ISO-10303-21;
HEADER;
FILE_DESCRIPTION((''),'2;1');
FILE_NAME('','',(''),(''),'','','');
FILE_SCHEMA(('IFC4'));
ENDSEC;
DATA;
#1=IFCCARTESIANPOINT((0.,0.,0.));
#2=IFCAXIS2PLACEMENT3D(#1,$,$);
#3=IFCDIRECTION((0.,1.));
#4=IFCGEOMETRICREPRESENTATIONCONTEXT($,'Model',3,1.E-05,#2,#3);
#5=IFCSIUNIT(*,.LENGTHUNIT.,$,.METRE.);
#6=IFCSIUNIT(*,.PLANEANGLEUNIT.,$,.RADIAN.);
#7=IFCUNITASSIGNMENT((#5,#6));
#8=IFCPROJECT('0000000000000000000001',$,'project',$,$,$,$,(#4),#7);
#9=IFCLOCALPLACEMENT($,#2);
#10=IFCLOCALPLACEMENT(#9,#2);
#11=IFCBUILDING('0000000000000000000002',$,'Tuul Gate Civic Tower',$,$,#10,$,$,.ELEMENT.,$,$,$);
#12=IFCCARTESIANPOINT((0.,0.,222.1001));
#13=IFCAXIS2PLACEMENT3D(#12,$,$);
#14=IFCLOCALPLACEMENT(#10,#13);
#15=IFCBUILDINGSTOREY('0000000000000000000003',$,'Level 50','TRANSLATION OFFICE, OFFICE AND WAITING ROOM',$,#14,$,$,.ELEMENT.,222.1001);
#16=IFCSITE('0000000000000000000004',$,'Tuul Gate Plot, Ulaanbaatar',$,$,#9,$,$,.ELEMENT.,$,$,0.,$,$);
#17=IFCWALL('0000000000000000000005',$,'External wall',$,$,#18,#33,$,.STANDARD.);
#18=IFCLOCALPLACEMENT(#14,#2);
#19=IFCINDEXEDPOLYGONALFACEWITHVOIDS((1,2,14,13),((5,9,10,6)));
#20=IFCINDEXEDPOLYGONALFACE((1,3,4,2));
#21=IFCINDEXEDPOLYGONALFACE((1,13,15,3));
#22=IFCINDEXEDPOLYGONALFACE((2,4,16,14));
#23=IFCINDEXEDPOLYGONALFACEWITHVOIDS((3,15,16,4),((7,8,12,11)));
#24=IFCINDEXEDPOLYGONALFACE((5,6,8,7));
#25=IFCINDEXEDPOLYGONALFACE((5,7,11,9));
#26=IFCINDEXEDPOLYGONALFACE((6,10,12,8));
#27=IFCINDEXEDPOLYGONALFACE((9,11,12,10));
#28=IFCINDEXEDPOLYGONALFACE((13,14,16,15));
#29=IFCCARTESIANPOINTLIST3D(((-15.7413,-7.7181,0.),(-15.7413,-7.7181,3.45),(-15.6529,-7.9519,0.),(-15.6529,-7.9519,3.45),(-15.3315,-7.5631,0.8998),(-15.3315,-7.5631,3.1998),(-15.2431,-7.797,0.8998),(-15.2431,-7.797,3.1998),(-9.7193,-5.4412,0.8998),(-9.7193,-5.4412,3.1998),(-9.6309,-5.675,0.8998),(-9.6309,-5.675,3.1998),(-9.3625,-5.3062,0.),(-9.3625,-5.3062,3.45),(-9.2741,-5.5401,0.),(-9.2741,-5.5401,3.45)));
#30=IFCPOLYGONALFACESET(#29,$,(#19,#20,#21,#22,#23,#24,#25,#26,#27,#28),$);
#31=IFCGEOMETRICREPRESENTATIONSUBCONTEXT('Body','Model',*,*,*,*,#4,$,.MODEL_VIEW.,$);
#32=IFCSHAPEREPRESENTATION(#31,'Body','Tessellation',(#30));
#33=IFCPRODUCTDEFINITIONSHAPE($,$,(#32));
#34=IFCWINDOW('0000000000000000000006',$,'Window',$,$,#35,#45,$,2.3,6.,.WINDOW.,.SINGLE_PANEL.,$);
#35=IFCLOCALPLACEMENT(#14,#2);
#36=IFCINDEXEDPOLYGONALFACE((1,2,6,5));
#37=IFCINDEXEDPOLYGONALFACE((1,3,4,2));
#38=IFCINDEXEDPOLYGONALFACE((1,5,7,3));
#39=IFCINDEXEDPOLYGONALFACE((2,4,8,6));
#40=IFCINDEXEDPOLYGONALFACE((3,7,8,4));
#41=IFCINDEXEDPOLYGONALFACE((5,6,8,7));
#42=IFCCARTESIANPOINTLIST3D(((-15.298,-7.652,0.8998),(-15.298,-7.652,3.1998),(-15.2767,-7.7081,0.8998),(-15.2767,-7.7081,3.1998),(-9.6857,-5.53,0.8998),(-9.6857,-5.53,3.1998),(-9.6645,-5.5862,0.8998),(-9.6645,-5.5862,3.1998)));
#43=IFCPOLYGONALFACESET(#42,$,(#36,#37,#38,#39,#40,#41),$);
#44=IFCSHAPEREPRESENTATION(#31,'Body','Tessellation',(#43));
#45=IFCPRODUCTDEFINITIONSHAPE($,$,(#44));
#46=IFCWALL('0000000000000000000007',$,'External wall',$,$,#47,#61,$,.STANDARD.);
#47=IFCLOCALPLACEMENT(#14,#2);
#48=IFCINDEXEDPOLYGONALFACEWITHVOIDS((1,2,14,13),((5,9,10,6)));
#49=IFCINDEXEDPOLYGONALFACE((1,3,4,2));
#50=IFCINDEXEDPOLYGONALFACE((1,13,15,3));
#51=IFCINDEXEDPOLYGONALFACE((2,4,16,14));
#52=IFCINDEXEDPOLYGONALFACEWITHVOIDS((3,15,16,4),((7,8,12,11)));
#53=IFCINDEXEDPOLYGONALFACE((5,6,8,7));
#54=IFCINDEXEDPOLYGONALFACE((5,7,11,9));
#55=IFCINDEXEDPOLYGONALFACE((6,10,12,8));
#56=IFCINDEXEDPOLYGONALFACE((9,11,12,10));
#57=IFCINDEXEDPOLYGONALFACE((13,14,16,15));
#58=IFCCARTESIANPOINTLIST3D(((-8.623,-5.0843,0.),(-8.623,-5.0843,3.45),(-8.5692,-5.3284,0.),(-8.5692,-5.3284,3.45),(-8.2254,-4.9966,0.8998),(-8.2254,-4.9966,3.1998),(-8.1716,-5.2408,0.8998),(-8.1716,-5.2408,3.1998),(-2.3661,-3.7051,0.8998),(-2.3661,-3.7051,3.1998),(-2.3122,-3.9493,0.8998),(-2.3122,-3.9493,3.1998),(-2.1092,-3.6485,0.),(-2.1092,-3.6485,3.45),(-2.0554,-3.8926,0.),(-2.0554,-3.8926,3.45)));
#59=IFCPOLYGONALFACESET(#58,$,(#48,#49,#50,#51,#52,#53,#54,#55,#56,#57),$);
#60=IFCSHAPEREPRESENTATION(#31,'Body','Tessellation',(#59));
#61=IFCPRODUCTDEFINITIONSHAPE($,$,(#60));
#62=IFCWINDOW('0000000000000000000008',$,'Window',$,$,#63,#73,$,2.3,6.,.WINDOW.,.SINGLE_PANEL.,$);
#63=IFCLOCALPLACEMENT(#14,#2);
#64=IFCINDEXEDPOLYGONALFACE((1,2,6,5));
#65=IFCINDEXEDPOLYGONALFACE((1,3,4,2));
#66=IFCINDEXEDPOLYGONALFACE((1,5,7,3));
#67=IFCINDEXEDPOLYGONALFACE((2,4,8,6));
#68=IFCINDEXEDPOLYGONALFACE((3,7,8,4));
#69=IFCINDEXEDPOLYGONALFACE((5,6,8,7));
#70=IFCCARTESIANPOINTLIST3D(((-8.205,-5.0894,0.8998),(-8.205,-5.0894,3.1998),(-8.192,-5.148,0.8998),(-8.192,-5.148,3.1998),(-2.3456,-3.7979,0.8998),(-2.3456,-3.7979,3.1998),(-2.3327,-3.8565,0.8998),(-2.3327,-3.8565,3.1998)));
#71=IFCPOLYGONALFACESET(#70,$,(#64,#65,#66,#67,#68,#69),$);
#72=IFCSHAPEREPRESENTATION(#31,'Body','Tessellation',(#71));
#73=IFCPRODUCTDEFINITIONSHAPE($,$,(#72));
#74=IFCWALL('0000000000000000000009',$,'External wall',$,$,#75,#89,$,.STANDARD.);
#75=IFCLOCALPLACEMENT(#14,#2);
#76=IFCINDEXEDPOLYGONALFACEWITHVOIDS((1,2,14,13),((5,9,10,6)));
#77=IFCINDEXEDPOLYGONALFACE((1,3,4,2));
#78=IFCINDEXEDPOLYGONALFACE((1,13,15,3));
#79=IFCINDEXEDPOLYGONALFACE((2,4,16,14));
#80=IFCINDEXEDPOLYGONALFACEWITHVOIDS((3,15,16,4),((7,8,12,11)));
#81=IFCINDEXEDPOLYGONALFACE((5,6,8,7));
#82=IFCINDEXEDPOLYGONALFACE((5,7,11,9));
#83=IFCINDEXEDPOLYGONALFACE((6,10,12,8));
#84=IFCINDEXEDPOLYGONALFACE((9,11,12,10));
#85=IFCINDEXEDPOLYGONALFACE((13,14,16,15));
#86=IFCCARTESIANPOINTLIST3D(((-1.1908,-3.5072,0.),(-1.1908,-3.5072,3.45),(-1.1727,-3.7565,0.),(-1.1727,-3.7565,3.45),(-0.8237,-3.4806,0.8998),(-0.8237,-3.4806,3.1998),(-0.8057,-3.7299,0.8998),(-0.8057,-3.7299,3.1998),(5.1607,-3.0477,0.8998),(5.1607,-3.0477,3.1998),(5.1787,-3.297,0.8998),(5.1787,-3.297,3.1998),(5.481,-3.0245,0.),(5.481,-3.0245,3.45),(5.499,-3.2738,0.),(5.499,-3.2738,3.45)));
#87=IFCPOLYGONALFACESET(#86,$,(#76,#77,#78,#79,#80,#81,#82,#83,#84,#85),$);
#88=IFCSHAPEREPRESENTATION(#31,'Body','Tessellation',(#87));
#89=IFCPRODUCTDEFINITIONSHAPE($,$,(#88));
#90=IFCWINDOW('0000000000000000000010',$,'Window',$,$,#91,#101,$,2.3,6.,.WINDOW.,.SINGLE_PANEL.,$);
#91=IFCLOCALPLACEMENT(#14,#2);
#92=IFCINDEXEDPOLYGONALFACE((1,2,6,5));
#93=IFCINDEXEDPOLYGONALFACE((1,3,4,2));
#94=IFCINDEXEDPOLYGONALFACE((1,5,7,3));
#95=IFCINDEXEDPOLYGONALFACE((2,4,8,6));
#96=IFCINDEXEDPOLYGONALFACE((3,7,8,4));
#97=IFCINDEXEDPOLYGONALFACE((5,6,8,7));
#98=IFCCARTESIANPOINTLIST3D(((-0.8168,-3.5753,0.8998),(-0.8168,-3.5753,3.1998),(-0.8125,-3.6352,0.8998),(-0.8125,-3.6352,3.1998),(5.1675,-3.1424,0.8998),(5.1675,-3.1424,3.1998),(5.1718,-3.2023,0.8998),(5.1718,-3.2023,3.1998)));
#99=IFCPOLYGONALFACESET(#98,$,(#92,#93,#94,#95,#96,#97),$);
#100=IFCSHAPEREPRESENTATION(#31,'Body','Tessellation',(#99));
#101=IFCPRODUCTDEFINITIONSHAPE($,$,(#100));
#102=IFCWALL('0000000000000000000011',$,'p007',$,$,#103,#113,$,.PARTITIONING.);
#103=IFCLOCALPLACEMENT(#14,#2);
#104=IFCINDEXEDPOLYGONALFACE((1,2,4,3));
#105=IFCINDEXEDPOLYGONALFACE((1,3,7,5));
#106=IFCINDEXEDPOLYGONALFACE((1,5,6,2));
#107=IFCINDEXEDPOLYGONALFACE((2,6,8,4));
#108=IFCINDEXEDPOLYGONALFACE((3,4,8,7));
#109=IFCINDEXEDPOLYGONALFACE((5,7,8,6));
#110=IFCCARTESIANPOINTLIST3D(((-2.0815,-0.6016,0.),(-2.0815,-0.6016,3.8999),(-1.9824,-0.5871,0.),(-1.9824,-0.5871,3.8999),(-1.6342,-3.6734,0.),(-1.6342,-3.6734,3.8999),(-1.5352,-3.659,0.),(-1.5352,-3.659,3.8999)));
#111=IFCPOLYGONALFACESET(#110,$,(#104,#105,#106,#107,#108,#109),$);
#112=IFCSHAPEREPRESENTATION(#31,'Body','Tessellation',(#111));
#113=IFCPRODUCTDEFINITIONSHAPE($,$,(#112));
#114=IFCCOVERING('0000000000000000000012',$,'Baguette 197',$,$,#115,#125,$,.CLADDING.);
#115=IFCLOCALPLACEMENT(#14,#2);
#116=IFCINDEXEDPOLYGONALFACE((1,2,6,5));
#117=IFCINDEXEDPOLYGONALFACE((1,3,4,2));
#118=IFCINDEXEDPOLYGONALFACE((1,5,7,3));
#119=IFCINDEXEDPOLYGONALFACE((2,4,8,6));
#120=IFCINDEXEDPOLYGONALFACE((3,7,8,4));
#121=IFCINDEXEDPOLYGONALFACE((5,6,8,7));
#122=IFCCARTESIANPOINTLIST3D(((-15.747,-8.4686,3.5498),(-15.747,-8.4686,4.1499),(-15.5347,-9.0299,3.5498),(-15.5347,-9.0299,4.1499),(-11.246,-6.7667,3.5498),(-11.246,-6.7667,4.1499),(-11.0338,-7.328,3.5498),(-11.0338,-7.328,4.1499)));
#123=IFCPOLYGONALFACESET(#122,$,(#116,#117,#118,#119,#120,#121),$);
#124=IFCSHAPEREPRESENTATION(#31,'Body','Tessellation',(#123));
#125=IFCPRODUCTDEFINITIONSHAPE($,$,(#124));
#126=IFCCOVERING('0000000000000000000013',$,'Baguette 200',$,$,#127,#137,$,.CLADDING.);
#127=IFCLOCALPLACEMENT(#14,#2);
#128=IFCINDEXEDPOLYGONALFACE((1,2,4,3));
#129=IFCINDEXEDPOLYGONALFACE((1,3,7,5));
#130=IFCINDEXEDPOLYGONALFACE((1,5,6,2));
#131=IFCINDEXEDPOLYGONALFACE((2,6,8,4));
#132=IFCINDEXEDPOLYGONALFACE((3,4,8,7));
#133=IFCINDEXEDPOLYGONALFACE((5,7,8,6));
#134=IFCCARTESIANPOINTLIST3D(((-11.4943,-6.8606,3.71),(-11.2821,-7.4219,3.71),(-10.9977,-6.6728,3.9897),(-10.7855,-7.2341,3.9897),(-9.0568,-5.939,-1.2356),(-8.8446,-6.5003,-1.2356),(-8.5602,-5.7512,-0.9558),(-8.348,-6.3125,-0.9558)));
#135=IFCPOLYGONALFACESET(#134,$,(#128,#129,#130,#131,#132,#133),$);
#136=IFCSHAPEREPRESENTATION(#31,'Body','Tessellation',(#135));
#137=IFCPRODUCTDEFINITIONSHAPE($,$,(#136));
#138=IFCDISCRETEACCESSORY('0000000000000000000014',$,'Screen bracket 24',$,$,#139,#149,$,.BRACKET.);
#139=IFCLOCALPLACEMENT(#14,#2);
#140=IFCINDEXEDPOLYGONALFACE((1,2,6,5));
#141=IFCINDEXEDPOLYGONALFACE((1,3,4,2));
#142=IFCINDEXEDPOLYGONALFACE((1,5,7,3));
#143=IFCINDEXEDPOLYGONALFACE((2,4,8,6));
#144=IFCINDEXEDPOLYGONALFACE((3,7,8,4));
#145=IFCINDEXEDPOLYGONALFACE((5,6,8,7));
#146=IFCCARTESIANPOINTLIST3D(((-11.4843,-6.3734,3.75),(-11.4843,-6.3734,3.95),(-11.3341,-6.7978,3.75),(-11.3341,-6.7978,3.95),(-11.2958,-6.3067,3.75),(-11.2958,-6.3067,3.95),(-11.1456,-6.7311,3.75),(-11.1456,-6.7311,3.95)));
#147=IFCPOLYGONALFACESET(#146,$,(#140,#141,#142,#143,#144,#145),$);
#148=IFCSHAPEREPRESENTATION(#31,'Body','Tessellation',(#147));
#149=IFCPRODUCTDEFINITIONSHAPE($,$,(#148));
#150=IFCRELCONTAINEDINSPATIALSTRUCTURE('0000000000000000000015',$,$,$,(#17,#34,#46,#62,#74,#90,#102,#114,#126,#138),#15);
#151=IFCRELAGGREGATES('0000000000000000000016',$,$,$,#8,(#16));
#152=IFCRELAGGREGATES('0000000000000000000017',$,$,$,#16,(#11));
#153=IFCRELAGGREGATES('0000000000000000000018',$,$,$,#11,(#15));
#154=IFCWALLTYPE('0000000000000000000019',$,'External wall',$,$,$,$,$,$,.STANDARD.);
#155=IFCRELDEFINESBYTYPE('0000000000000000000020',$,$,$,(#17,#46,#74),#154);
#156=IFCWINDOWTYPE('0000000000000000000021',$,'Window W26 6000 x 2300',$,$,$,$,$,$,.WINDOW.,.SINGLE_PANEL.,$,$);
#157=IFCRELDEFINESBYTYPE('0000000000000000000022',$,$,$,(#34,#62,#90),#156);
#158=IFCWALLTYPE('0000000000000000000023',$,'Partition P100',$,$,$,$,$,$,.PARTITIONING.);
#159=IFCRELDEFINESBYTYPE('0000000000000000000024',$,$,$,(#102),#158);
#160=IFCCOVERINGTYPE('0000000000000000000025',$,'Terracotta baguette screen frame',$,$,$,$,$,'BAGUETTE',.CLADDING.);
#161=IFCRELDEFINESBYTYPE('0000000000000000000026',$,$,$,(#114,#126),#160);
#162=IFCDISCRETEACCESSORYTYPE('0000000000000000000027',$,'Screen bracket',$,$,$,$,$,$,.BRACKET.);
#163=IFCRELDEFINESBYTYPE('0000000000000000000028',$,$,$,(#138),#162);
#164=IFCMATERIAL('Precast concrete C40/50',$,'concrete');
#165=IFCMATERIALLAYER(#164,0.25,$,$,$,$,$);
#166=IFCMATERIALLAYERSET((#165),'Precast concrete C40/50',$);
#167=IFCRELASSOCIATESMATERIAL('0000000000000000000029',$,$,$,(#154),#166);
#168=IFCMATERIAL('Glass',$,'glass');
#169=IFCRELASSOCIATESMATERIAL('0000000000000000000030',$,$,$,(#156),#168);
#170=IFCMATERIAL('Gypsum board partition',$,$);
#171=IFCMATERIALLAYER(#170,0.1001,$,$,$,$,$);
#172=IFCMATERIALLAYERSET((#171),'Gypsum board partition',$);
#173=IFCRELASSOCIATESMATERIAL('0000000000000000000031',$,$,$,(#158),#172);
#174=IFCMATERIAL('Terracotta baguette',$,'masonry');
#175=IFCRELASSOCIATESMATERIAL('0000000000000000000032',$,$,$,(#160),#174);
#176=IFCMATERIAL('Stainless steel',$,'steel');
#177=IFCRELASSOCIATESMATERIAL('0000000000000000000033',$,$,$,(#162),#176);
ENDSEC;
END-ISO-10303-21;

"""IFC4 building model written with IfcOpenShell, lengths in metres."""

from ifc_helpers import new_model, si_unit, direction, frame, frame_2d, origin, origin_2d, place, context, subcontext, project, spatial, rectangle, extrude, material, layer, layer_set, material_profile, profile_set, type_object, element, fill, save


model = new_model("IFC4")

# Units and contexts
model_context = context("Model", 3, precision=1e-05, world=origin(), true_north=direction((0.0, 1.0)))
body_context = subcontext(model_context, "Body", "Model", "MODEL_VIEW")
ifc_project = project(units=[si_unit("LENGTHUNIT", "METRE"), si_unit("PLANEANGLEUNIT", "RADIAN")], contexts=[model_context])

# Site, building, storey
site_placement = place(None, origin())
site = spatial("IfcSite", under=ifc_project, at=site_placement, Name="Tuul Gate Plot, Ulaanbaatar", CompositionType="ELEMENT", RefElevation=0.0)
building_placement = place(site_placement, origin())
building = spatial("IfcBuilding", under=site, at=building_placement, Name="Tuul Gate Civic Tower", CompositionType="ELEMENT")
storey_placement = place(building_placement, frame((0.0, 0.0, 222.1001)))
storey = spatial("IfcBuildingStorey", under=building, at=storey_placement, Name="Level 50", Description="TRANSLATION OFFICE, OFFICE AND WAITING ROOM", CompositionType="ELEMENT", Elevation=222.1001)

# Walls, openings, windows
ifc_material_1 = material(Name="Precast concrete C40/50", Category="concrete")
ifc_layer_1 = layer(ifc_material_1, 0.25)
ifc_layer_set_1 = layer_set([ifc_layer_1], Name="Precast concrete C40/50")
wall_type_1 = type_object("IfcWallType", Name="External wall", PredefinedType="STANDARD", material=ifc_layer_set_1)
wall_1_placement = place(storey_placement, frame((-15.697, -7.835, 0.0), z_axis=(0.0, 0.0, 1.0), x_axis=(0.935372, 0.353664, 0.0)))
wall_1 = element("IfcWall", 1, at=wall_1_placement, inside=storey, type_object=wall_type_1, Name="External wall", PredefinedType="STANDARD", context=body_context, shape_type="SweptSolid", body=[
    extrude(rectangle(XDim=6.8196, YDim=0.25, at=frame_2d((3.4097, 0.0))), origin(), (0.0, 0.0, 1.0), 3.45),
])
opening_1_placement = place(wall_1_placement, frame((0.438, 0.0, 0.8999)))
opening_1 = element("IfcOpeningElement", 2, at=opening_1_placement, cuts=wall_1, PredefinedType="OPENING", context=body_context, shape_type="SweptSolid", body=[
    extrude(rectangle(XDim=6.0, YDim=2.3, at=frame_2d((3.0, 1.1499))), frame((0.0, 0.135, 0.0), z_axis=(0.0, -1.0, 0.0), x_axis=(1.0, 0.0, 0.0)), (0.0, 0.0, 1.0), 0.27),
])
ifc_material_2 = material(Name="Glass", Category="glass")
window_type = type_object("IfcWindowType", Name="Window W26 6000 x 2300", PartitioningType="SINGLE_PANEL", PredefinedType="WINDOW", material=ifc_material_2)
window_1_placement = place(opening_1_placement, origin())
window_1 = element("IfcWindow", 3, at=window_1_placement, inside=storey, type_object=window_type, Name="Window", OverallHeight=2.3, OverallWidth=6.0, PartitioningType="SINGLE_PANEL", PredefinedType="WINDOW", context=body_context, shape_type="SweptSolid", body=[
    extrude(rectangle(XDim=6.0, YDim=2.3, at=frame_2d((3.0, 1.1499))), frame((0.0, 0.03, 0.0), z_axis=(0.0, -1.0, 0.0), x_axis=(1.0, 0.0, 0.0)), (0.0, 0.0, 1.0), 0.0601),
])
fill(opening_1, window_1)
wall_2_placement = place(storey_placement, frame((-8.5959, -5.2063, 0.0), z_axis=(0.0, 0.0, 1.0), x_axis=(0.976559, 0.215252, 0.0)))
wall_2 = element("IfcWall", 4, at=wall_2_placement, inside=storey, type_object=wall_type_1, Name="External wall", PredefinedType="STANDARD", context=body_context, shape_type="SweptSolid", body=[
    extrude(rectangle(XDim=6.6702, YDim=0.25, at=frame_2d((3.335, 0.0))), origin(), (0.0, 0.0, 1.0), 3.45),
])
opening_2_placement = place(wall_2_placement, frame((0.407, 0.0, 0.8999)))
opening_2 = element("IfcOpeningElement", 5, at=opening_2_placement, cuts=wall_2, PredefinedType="OPENING", context=body_context, shape_type="SweptSolid", body=[
    extrude(rectangle(XDim=6.0, YDim=2.3, at=frame_2d((3.0, 1.1499))), frame((0.0, 0.135, 0.0), z_axis=(0.0, -1.0, 0.0), x_axis=(1.0, 0.0, 0.0)), (0.0, 0.0, 1.0), 0.27),
])
window_2_placement = place(opening_2_placement, origin())
window_2 = element("IfcWindow", 6, at=window_2_placement, inside=storey, type_object=window_type, Name="Window", OverallHeight=2.3, OverallWidth=6.0, PartitioningType="SINGLE_PANEL", PredefinedType="WINDOW", context=body_context, shape_type="SweptSolid", body=[
    extrude(rectangle(XDim=6.0, YDim=2.3, at=frame_2d((3.0, 1.1499))), frame((0.0, 0.03, 0.0), z_axis=(0.0, -1.0, 0.0), x_axis=(1.0, 0.0, 0.0)), (0.0, 0.0, 1.0), 0.0601),
])
fill(opening_2, window_2)
wall_3_placement = place(storey_placement, frame((-1.1819, -3.6318, 0.0), z_axis=(0.0, 0.0, 1.0), x_axis=(0.997393, 0.072155, 0.0)))
wall_3 = element("IfcWall", 7, at=wall_3_placement, inside=storey, type_object=wall_type_1, Name="External wall", PredefinedType="STANDARD", context=body_context, shape_type="SweptSolid", body=[
    extrude(rectangle(XDim=6.6892, YDim=0.25, at=frame_2d((3.3447, 0.0))), origin(), (0.0, 0.0, 1.0), 3.45),
])
opening_3_placement = place(wall_3_placement, frame((0.3682, 0.0, 0.8999)))
opening_3 = element("IfcOpeningElement", 8, at=opening_3_placement, cuts=wall_3, PredefinedType="OPENING", context=body_context, shape_type="SweptSolid", body=[
    extrude(rectangle(XDim=6.0, YDim=2.3, at=frame_2d((3.0, 1.1499))), frame((0.0, 0.135, 0.0), z_axis=(0.0, -1.0, 0.0), x_axis=(1.0, 0.0, 0.0)), (0.0, 0.0, 1.0), 0.27),
])
window_3_placement = place(opening_3_placement, origin())
window_3 = element("IfcWindow", 9, at=window_3_placement, inside=storey, type_object=window_type, Name="Window", OverallHeight=2.3, OverallWidth=6.0, PartitioningType="SINGLE_PANEL", PredefinedType="WINDOW", context=body_context, shape_type="SweptSolid", body=[
    extrude(rectangle(XDim=6.0, YDim=2.3, at=frame_2d((3.0, 1.1499))), frame((0.0, 0.03, 0.0), z_axis=(0.0, -1.0, 0.0), x_axis=(1.0, 0.0, 0.0)), (0.0, 0.0, 1.0), 0.0601),
])
fill(opening_3, window_3)

# Wall
ifc_material_3 = material(Name="Gypsum board partition")
ifc_layer_2 = layer(ifc_material_3, 0.1001)
ifc_layer_set_2 = layer_set([ifc_layer_2], Name="Gypsum board partition")
wall_type_2 = type_object("IfcWallType", Name="Partition P100", PredefinedType="PARTITIONING", material=ifc_layer_set_2)
wall_4_placement = place(storey_placement, frame((-2.032, -0.5942, 0.0), z_axis=(0.0, 0.0, 1.0), x_axis=(0.144085, -0.989565, 0.0)))
element("IfcWall", 10, at=wall_4_placement, inside=storey, type_object=wall_type_2, Name="p007", PredefinedType="PARTITIONING", context=body_context, shape_type="SweptSolid", body=[
    extrude(rectangle(XDim=3.1042, YDim=0.1001, at=frame_2d((1.5522, 0.0))), origin(), (0.0, 0.0, 1.0), 3.8999),
])

# Coverings
ifc_material_4 = material(Name="Terracotta baguette", Category="masonry")
ifc_material_profile_1 = material_profile(ifc_material_4, rectangle(XDim=0.6001, YDim=0.6001, at=origin_2d()), Name="Terracotta baguette screen frame")
ifc_profile_set_1 = profile_set([ifc_material_profile_1], Name="Terracotta baguette")
covering_type = type_object("IfcCoveringType", Name="Terracotta baguette screen frame", ElementType="BAGUETTE", PredefinedType="CLADDING", material=ifc_profile_set_1)
covering_1_placement = place(storey_placement, frame((-15.6409, -8.7493, 3.8499), z_axis=(0.935367, 0.35368, 0.0), x_axis=(-0.35368, 0.935367, 0.0)))
element("IfcCovering", 11, at=covering_1_placement, inside=storey, type_object=covering_type, Name="Baguette 197", PredefinedType="CLADDING", context=body_context, shape_type="SweptSolid", body=[
    extrude(rectangle(XDim=0.6001, YDim=0.6001, at=origin_2d()), origin(), (0.0, 0.0, 1.0), 4.812),
])
covering_2_placement = place(storey_placement, frame((-11.1399, -7.0474, 3.8499), z_axis=(0.436038, 0.164868, -0.884697), x_axis=(-0.353668, 0.935371, 0.0)))
element("IfcCovering", 12, at=covering_2_placement, inside=storey, type_object=covering_type, Name="Baguette 200", PredefinedType="CLADDING", context=body_context, shape_type="SweptSolid", body=[
    extrude(rectangle(XDim=0.6001, YDim=0.6001, at=origin_2d()), origin(), (0.0, 0.0, 1.0), 5.5901),
])

# Discrete accessory
ifc_material_5 = material(Name="Stainless steel", Category="steel")
discrete_accessory_type = type_object("IfcDiscreteAccessoryType", Name="Screen bracket", PredefinedType="BRACKET", material=ifc_material_5)
discrete_accessory_placement = place(storey_placement, frame((-11.3149, -6.5522, 3.75), z_axis=(0.0, 0.0, 1.0), x_axis=(0.333475, -0.942759, 0.0)))
element("IfcDiscreteAccessory", 13, at=discrete_accessory_placement, inside=storey, type_object=discrete_accessory_type, Name="Screen bracket 24", PredefinedType="BRACKET", context=body_context, shape_type="SweptSolid", body=[
    extrude(rectangle(XDim=0.4502, YDim=0.2, at=origin_2d()), origin(), (0.0, 0.0, 1.0), 0.2),
])

save(model, "model.ifc")
